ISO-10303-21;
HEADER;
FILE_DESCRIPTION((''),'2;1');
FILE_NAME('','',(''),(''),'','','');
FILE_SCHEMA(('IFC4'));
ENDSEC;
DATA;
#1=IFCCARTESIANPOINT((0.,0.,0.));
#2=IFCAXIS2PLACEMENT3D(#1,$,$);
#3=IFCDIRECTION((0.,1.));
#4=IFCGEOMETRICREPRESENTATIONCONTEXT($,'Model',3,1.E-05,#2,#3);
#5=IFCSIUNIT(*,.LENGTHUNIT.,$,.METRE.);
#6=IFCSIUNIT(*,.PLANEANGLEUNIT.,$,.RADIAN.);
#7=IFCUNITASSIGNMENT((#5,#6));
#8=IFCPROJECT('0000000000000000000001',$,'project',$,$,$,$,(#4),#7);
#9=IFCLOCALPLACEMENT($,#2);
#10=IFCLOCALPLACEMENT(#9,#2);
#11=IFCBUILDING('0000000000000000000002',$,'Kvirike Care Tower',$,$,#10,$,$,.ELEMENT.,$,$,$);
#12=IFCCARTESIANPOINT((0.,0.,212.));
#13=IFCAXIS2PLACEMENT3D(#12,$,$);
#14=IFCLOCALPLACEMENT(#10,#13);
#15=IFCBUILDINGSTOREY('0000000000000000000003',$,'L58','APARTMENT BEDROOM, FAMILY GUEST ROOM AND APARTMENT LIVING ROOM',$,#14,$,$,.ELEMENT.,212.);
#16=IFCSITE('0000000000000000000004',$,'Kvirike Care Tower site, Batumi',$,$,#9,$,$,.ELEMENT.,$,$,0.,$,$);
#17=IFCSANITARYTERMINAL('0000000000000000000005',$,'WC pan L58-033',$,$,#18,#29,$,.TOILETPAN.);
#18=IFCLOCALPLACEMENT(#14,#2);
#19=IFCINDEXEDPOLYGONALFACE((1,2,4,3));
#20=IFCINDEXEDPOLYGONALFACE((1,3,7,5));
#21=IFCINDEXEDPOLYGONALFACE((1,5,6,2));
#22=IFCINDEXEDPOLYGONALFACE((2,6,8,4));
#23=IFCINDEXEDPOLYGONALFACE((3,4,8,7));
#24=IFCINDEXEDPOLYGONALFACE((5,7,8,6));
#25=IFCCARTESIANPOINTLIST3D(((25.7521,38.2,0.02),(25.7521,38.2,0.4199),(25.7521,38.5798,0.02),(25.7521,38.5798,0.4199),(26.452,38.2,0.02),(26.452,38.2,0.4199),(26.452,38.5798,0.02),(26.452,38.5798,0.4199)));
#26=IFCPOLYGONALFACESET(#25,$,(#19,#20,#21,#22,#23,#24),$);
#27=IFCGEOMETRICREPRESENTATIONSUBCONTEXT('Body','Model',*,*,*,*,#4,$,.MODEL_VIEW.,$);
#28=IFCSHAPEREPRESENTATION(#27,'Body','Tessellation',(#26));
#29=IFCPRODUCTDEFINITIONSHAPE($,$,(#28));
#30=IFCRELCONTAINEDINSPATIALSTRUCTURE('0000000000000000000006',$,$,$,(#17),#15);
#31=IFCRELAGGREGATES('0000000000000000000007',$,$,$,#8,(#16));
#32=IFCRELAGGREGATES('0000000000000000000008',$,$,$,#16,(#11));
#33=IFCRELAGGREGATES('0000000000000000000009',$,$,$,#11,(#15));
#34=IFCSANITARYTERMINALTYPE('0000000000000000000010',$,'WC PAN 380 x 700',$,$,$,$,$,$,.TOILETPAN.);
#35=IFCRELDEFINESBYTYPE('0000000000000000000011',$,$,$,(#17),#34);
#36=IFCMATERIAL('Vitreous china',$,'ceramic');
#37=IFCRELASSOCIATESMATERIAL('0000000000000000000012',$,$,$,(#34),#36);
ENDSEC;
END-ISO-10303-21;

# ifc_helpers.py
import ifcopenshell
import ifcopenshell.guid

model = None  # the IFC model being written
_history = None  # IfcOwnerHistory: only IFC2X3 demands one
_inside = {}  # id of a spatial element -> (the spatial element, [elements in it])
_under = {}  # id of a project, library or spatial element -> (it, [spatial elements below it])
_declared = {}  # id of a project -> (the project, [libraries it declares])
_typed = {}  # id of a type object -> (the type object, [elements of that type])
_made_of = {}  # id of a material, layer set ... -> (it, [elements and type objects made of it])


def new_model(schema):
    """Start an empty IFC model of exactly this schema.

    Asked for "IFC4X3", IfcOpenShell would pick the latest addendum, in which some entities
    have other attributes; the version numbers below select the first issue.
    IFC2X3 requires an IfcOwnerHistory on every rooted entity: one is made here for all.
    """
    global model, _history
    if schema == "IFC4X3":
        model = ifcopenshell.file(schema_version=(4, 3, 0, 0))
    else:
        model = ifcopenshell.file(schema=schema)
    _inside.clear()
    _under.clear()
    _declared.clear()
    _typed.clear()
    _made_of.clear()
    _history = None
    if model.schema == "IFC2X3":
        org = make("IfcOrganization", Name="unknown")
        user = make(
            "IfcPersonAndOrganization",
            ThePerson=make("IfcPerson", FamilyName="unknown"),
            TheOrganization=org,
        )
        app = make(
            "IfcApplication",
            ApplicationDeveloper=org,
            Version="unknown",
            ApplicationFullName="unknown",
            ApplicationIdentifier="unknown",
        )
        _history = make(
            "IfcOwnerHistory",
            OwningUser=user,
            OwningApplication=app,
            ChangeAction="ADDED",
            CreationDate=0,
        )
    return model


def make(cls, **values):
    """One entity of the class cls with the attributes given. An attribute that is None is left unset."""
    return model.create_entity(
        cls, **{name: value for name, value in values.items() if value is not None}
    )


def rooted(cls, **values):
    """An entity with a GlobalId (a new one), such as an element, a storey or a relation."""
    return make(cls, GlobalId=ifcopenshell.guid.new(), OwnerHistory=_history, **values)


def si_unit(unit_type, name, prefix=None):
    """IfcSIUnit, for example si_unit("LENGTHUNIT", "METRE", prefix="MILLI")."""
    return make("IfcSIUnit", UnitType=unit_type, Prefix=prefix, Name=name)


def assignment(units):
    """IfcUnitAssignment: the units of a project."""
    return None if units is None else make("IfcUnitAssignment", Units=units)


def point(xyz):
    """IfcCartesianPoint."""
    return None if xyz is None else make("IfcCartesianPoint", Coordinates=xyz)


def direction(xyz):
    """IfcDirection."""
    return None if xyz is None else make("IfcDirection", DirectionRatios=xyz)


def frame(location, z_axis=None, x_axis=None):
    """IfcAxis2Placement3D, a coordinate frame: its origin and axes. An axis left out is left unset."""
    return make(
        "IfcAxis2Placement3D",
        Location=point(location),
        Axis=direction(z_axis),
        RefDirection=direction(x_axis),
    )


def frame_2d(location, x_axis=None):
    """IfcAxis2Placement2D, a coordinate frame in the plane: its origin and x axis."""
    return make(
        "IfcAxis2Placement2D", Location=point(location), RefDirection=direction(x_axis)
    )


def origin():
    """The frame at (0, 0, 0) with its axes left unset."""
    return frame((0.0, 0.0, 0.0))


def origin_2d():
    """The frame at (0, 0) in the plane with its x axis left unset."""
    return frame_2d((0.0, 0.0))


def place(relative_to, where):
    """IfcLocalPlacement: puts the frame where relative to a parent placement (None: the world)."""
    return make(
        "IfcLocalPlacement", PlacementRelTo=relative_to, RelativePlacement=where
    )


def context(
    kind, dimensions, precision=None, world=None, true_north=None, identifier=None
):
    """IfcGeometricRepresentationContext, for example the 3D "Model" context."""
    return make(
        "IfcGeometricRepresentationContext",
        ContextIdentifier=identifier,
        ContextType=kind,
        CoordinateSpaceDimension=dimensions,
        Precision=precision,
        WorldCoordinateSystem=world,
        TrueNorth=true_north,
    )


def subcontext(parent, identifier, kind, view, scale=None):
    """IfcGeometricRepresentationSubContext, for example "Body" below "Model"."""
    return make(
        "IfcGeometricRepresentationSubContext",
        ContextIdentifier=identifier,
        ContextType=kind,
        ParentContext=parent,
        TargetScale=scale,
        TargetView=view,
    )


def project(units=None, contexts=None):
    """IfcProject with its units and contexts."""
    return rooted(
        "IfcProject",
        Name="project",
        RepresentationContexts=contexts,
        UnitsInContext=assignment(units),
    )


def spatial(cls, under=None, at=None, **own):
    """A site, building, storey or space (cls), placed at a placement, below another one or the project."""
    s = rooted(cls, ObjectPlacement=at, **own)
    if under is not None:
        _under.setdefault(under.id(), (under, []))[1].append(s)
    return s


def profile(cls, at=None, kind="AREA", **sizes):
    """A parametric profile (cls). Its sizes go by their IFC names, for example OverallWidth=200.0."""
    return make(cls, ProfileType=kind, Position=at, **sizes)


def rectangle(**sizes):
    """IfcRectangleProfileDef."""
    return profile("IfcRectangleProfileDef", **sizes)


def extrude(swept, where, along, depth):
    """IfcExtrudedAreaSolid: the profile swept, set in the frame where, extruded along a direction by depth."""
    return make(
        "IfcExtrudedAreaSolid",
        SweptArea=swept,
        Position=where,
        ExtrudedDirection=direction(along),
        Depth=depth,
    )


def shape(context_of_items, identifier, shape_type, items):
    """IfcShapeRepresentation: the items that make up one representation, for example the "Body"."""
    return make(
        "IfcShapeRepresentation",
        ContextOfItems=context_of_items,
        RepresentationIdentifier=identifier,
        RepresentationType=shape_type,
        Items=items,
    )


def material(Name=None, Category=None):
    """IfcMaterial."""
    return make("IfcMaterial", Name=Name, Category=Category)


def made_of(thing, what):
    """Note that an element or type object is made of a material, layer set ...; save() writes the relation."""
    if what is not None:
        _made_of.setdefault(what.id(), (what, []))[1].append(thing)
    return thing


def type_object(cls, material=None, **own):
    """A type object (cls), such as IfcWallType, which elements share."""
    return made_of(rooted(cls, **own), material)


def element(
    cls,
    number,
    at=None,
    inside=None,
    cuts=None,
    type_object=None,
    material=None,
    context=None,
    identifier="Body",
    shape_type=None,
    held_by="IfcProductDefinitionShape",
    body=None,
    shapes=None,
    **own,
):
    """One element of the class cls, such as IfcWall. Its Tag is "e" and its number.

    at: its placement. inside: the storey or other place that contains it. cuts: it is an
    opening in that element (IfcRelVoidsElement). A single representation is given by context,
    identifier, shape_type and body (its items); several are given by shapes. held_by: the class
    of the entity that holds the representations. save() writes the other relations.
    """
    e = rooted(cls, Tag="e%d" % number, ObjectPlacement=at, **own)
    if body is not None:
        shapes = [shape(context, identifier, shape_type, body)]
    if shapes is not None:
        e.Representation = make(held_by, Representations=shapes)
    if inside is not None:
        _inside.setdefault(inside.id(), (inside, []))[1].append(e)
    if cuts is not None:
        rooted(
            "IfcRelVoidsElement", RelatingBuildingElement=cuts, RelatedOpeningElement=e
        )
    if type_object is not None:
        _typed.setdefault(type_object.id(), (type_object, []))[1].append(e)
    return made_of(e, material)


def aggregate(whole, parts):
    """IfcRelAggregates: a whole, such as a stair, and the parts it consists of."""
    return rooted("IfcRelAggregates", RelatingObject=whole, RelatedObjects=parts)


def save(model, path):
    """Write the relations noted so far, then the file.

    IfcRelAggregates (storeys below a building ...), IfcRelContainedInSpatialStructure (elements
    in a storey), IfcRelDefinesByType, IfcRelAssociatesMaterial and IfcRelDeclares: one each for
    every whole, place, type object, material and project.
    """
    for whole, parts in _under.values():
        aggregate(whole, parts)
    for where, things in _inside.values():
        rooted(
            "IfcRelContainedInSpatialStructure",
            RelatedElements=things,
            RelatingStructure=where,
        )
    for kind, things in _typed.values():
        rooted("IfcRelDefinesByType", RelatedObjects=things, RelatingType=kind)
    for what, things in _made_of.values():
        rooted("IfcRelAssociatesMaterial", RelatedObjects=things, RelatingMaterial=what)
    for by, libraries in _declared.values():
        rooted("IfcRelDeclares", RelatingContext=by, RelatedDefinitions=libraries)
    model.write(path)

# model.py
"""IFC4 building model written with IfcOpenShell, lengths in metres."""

from ifc_helpers import new_model, si_unit, direction, frame, origin, origin_2d, place, context, subcontext, project, spatial, rectangle, extrude, material, type_object, element, save


model = new_model("IFC4")

# Units and contexts
model_context = context("Model", 3, precision=1e-05, world=origin(), true_north=direction((0.0, 1.0)))
body_context = subcontext(model_context, "Body", "Model", "MODEL_VIEW")
ifc_project = project(units=[si_unit("LENGTHUNIT", "METRE"), si_unit("PLANEANGLEUNIT", "RADIAN")], contexts=[model_context])

# Site, building, storey
site_placement = place(None, origin())
site = spatial("IfcSite", under=ifc_project, at=site_placement, Name="Kvirike Care Tower site, Batumi", CompositionType="ELEMENT", RefElevation=0.0)
building_placement = place(site_placement, origin())
building = spatial("IfcBuilding", under=site, at=building_placement, Name="Kvirike Care Tower", CompositionType="ELEMENT")
storey_placement = place(building_placement, frame((0.0, 0.0, 212.0)))
storey = spatial("IfcBuildingStorey", under=building, at=storey_placement, Name="L58", Description="APARTMENT BEDROOM, FAMILY GUEST ROOM AND APARTMENT LIVING ROOM", CompositionType="ELEMENT", Elevation=212.0)

# Sanitary terminal
ifc_material_1 = material(Name="Vitreous china", Category="ceramic")
sanitary_terminal_type_1 = type_object("IfcSanitaryTerminalType", Name="WC PAN 380 x 700", PredefinedType="TOILETPAN", material=ifc_material_1)
sanitary_terminal_1_placement = place(storey_placement, frame((26.1021, 38.3899, 0.02), z_axis=(0.0, 0.0, 1.0), x_axis=(0.0, 1.0, 0.0)))
element("IfcSanitaryTerminal", 1, at=sanitary_terminal_1_placement, inside=storey, type_object=sanitary_terminal_type_1, Name="WC pan L58-033", PredefinedType="TOILETPAN", context=body_context, shape_type="SweptSolid", body=[
    extrude(rectangle(XDim=0.3799, YDim=0.7, at=origin_2d()), origin(), (0.0, 0.0, 1.0), 0.3999),
])

save(model, "model.ifc")
